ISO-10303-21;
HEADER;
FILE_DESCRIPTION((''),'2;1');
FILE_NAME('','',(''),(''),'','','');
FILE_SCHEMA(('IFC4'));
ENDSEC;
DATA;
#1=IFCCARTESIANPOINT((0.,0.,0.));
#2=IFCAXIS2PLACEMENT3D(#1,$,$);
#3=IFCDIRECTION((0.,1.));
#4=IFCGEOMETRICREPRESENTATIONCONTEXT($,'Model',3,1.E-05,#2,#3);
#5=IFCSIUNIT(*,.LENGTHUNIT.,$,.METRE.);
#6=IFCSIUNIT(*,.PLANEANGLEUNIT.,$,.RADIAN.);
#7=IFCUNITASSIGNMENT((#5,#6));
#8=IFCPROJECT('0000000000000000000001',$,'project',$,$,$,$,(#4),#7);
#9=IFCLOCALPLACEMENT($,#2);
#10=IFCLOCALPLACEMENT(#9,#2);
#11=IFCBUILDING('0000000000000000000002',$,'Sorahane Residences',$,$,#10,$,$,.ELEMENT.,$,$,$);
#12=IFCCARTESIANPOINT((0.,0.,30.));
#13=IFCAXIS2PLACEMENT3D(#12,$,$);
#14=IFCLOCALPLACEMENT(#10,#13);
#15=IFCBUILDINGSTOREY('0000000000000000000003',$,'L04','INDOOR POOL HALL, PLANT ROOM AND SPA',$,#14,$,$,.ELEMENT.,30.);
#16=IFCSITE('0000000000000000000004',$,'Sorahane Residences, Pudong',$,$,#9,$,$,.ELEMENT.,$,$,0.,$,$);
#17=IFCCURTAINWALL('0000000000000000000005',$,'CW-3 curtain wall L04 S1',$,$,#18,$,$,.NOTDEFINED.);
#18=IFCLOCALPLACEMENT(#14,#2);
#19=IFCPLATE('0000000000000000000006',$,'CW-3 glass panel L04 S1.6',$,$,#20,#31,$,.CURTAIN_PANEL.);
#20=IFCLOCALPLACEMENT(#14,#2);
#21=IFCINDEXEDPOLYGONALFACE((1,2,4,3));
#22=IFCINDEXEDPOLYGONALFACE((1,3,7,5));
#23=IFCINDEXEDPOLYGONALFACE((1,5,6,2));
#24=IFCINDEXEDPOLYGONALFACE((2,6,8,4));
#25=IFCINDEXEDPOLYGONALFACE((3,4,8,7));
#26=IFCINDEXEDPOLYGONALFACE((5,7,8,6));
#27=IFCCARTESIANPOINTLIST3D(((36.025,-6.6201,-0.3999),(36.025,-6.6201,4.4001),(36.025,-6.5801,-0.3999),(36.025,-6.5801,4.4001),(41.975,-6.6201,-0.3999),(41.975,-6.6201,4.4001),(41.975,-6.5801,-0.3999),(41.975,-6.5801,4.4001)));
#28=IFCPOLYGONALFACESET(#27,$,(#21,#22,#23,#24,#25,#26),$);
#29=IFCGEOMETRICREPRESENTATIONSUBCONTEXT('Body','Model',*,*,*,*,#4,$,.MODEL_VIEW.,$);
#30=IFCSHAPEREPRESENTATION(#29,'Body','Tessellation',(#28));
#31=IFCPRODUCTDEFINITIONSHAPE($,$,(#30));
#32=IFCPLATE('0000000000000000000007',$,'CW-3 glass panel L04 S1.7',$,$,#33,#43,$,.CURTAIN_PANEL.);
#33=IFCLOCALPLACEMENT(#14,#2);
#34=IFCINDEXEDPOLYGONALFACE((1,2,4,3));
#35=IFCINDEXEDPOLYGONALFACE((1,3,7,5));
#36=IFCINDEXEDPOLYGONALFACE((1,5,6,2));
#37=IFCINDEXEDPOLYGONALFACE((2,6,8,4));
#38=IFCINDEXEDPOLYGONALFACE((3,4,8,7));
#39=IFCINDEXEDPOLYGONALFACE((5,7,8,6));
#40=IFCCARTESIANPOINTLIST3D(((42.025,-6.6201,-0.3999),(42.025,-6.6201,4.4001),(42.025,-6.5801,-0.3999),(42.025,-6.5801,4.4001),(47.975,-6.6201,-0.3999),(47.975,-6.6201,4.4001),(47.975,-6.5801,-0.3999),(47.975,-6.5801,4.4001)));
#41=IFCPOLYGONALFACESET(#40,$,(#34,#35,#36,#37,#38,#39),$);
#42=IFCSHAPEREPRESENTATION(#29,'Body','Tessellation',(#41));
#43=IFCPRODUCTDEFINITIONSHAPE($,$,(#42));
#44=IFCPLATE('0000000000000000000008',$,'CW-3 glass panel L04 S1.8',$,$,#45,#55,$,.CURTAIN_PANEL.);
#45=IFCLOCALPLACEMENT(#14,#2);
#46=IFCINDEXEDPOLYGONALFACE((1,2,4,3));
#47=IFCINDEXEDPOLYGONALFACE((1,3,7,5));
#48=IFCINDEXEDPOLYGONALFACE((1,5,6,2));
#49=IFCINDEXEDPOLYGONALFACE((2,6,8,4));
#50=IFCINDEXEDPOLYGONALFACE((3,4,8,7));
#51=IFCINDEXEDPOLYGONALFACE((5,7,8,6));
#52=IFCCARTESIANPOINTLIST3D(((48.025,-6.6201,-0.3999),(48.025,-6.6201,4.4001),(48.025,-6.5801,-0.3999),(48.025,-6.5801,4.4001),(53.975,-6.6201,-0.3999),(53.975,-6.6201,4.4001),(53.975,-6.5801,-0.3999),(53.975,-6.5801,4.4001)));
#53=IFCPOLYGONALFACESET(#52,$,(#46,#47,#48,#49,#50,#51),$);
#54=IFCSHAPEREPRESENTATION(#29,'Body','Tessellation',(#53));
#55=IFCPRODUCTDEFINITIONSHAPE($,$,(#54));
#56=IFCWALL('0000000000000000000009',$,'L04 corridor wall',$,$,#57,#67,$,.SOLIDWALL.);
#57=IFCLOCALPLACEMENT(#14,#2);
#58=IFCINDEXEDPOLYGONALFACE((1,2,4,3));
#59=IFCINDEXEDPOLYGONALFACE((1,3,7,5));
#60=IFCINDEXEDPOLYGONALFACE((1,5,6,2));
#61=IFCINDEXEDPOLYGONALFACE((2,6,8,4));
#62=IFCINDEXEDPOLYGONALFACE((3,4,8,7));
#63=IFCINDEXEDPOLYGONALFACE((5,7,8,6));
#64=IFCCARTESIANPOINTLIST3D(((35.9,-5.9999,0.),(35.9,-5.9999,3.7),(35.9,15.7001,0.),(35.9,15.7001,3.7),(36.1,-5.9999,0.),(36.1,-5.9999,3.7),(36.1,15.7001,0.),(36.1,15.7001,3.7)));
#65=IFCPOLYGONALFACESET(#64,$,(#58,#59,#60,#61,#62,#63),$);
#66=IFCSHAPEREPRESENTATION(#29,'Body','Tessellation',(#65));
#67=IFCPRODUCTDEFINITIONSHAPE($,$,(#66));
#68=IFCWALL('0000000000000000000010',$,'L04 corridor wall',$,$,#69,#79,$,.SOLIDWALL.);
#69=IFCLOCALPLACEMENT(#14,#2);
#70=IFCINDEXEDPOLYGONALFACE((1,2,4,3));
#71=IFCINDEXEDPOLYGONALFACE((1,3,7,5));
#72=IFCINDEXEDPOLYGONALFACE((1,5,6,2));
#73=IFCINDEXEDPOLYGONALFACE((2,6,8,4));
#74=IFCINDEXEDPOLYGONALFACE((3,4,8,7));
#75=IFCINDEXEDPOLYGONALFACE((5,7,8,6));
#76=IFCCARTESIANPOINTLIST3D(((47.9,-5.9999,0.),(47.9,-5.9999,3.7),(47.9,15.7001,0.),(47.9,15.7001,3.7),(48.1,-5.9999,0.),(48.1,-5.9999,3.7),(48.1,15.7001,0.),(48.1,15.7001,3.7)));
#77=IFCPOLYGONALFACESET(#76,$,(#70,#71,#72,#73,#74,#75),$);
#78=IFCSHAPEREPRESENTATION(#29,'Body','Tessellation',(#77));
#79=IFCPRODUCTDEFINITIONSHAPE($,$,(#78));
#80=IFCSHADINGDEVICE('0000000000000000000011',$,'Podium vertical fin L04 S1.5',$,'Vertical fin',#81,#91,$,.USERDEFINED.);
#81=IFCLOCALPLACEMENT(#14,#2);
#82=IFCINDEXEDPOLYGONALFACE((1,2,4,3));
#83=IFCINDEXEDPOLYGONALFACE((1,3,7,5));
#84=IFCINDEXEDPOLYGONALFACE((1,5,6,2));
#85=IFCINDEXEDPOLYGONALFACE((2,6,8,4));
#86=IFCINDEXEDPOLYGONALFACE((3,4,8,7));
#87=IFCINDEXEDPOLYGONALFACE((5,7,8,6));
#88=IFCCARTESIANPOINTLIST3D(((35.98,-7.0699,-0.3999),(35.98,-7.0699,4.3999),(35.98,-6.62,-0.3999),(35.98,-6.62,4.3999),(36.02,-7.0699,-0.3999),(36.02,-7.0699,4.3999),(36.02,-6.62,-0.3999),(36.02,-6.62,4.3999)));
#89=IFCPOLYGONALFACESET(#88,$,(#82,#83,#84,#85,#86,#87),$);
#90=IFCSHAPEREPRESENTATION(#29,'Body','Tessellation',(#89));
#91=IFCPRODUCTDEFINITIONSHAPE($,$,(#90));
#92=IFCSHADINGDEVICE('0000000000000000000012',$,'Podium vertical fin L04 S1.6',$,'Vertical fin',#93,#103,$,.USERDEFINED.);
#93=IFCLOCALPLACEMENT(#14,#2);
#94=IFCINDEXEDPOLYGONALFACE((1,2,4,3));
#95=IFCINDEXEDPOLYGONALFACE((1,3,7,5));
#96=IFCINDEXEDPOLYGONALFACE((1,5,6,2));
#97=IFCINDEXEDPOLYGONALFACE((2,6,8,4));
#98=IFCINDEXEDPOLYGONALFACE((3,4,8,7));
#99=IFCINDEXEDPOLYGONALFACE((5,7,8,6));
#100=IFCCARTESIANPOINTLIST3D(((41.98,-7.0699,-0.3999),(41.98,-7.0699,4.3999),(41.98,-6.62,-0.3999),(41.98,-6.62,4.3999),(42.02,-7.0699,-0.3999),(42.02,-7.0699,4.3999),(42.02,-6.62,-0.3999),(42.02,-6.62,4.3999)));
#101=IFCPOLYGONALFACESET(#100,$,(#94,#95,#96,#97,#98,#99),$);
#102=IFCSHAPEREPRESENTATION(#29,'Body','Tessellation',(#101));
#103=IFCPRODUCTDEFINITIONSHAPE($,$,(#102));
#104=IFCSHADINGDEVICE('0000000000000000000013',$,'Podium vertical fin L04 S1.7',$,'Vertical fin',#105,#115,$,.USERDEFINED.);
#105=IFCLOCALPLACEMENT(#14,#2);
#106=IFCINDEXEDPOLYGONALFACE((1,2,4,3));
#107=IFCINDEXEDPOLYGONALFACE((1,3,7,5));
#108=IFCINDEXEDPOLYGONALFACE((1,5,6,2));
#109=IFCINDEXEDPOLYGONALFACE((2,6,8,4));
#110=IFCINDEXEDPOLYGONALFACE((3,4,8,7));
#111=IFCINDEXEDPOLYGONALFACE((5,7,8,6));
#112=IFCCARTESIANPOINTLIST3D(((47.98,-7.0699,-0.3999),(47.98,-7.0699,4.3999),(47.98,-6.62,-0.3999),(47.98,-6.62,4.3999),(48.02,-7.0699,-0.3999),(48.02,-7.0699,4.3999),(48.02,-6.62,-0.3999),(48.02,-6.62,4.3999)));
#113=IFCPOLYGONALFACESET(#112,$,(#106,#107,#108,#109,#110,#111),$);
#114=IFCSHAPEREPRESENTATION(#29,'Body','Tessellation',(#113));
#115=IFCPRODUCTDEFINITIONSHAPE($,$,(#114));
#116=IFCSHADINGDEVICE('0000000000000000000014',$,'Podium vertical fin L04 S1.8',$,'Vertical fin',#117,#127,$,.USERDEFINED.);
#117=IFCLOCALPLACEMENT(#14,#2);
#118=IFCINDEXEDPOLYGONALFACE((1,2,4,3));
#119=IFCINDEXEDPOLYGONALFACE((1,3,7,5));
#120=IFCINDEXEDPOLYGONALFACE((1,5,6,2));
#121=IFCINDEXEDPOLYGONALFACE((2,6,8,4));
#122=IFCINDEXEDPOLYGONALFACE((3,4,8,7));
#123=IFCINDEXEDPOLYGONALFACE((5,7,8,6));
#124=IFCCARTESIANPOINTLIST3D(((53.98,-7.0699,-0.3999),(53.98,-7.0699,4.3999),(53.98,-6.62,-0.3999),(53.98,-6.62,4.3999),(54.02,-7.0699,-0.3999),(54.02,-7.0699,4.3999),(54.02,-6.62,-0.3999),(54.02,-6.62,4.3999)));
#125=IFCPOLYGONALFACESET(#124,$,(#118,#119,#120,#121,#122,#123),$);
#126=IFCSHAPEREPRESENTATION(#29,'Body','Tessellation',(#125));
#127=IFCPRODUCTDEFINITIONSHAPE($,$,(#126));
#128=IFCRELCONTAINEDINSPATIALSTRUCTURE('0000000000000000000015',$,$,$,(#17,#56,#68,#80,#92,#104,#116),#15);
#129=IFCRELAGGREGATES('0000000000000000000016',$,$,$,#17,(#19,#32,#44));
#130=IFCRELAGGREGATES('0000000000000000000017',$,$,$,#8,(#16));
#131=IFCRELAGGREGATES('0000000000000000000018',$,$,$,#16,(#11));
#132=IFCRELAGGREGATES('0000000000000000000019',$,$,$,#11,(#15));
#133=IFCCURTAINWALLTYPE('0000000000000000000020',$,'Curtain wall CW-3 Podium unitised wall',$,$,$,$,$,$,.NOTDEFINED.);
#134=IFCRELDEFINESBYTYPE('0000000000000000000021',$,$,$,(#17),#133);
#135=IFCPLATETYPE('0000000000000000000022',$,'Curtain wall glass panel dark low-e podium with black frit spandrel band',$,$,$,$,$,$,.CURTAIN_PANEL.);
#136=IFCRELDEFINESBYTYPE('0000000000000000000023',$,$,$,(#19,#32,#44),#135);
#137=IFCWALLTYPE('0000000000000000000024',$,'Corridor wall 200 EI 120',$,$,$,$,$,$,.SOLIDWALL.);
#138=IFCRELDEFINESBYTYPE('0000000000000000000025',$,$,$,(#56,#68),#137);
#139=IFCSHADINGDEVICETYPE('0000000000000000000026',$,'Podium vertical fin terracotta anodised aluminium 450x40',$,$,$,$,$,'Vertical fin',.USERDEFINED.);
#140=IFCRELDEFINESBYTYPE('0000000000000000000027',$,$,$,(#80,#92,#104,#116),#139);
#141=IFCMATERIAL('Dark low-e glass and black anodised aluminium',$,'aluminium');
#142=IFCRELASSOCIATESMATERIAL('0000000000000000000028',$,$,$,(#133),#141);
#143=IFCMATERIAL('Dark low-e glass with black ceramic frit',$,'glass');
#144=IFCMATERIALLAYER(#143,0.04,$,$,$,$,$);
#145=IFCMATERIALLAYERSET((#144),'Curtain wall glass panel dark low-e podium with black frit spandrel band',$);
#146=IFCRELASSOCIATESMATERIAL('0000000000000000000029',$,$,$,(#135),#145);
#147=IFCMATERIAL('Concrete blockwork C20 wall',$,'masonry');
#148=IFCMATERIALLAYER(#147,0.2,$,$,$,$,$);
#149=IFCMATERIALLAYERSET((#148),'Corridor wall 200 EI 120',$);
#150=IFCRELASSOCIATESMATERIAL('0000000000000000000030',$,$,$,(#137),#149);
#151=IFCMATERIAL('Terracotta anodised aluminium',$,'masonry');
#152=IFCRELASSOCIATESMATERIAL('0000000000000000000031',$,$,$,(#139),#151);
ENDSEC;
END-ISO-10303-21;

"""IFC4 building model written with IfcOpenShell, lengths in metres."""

from ifc_helpers import new_model, si_unit, direction, frame, frame_2d, origin, origin_2d, place, context, subcontext, project, spatial, rectangle, extrude, material, layer, layer_set, material_profile, profile_set, type_object, element, aggregate, save


model = new_model("IFC4")

# Units and contexts
model_context = context("Model", 3, precision=1e-05, world=origin(), true_north=direction((0.0, 1.0)))
body_context = subcontext(model_context, "Body", "Model", "MODEL_VIEW")
ifc_project = project(units=[si_unit("LENGTHUNIT", "METRE"), si_unit("PLANEANGLEUNIT", "RADIAN")], contexts=[model_context])

# Site, building, storey
site_placement = place(None, origin())
site = spatial("IfcSite", under=ifc_project, at=site_placement, Name="Sorahane Residences, Pudong", CompositionType="ELEMENT", RefElevation=0.0)
building_placement = place(site_placement, origin())
building = spatial("IfcBuilding", under=site, at=building_placement, Name="Sorahane Residences", CompositionType="ELEMENT")
storey_placement = place(building_placement, frame((0.0, 0.0, 30.0)))
storey = spatial("IfcBuildingStorey", under=building, at=storey_placement, Name="L04", Description="INDOOR POOL HALL, PLANT ROOM AND SPA", CompositionType="ELEMENT", Elevation=30.0)

# Curtain wall
ifc_material_1 = material(Name="Dark low-e glass and black anodised aluminium", Category="aluminium")
curtain_wall_type = type_object("IfcCurtainWallType", Name="Curtain wall CW-3 Podium unitised wall", PredefinedType="NOTDEFINED", material=ifc_material_1)
curtain_wall_placement = place(storey_placement, origin())
curtain_wall = element("IfcCurtainWall", 1, at=curtain_wall_placement, inside=storey, type_object=curtain_wall_type, Name="CW-3 curtain wall L04 S1", PredefinedType="NOTDEFINED")

# Plates
ifc_material_2 = material(Name="Dark low-e glass with black ceramic frit", Category="glass")
ifc_layer_1 = layer(ifc_material_2, 0.04)
ifc_layer_set_1 = layer_set([ifc_layer_1], Name="Curtain wall glass panel dark low-e podium with black frit spandrel band")
plate_type = type_object("IfcPlateType", Name="Curtain wall glass panel dark low-e podium with black frit spandrel band", PredefinedType="CURTAIN_PANEL", material=ifc_layer_set_1)
plate_1_placement = place(storey_placement, frame((39.0, -6.6001, -0.3999), z_axis=(0.0, 0.0, 1.0), x_axis=(1.0, 0.0, 0.0)))
plate_1 = element("IfcPlate", 2, at=plate_1_placement, type_object=plate_type, Name="CW-3 glass panel L04 S1.6", PredefinedType="CURTAIN_PANEL", context=body_context, shape_type="SweptSolid", body=[
    extrude(rectangle(XDim=5.95, YDim=0.04, at=origin_2d()), origin(), (0.0, 0.0, 1.0), 4.8),
])
plate_2_placement = place(storey_placement, frame((45.0, -6.6001, -0.3999), z_axis=(0.0, 0.0, 1.0), x_axis=(1.0, 0.0, 0.0)))
plate_2 = element("IfcPlate", 3, at=plate_2_placement, type_object=plate_type, Name="CW-3 glass panel L04 S1.7", PredefinedType="CURTAIN_PANEL", context=body_context, shape_type="SweptSolid", body=[
    extrude(rectangle(XDim=5.95, YDim=0.04, at=origin_2d()), origin(), (0.0, 0.0, 1.0), 4.8),
])
plate_3_placement = place(storey_placement, frame((51.0, -6.6001, -0.3999), z_axis=(0.0, 0.0, 1.0), x_axis=(1.0, 0.0, 0.0)))
plate_3 = element("IfcPlate", 4, at=plate_3_placement, type_object=plate_type, Name="CW-3 glass panel L04 S1.8", PredefinedType="CURTAIN_PANEL", context=body_context, shape_type="SweptSolid", body=[
    extrude(rectangle(XDim=5.95, YDim=0.04, at=origin_2d()), origin(), (0.0, 0.0, 1.0), 4.8),
])
aggregate(curtain_wall, [plate_1, plate_2, plate_3])

# Walls
ifc_material_3 = material(Name="Concrete blockwork C20 wall", Category="masonry")
ifc_layer_2 = layer(ifc_material_3, 0.2)
ifc_layer_set_2 = layer_set([ifc_layer_2], Name="Corridor wall 200 EI 120")
wall_type = type_object("IfcWallType", Name="Corridor wall 200 EI 120", PredefinedType="SOLIDWALL", material=ifc_layer_set_2)
for number, where, z_axis, x_axis, name in (
    (5, (36.0, -6.0, 0.0), (0.0, 0.0, 1.0), (0.0, 1.0, 0.0), "L04 corridor wall"),
    (6, (48.0, -6.0, 0.0), (0.0, 0.0, 1.0), (0.0, 1.0, 0.0), "L04 corridor wall"),
):
    element("IfcWall", number, at=place(storey_placement, frame(where, z_axis=z_axis, x_axis=x_axis)), inside=storey, type_object=wall_type, Name=name, PredefinedType="SOLIDWALL", context=body_context, shape_type="SweptSolid", body=[
        extrude(rectangle(XDim=21.7, YDim=0.2, at=frame_2d((10.8501, 0.0))), origin(), (0.0, 0.0, 1.0), 3.7),
    ])

# Shading devices
ifc_material_4 = material(Name="Terracotta anodised aluminium", Category="masonry")
ifc_material_profile_1 = material_profile(ifc_material_4, rectangle(XDim=0.45, YDim=0.04, at=origin_2d()), Name="Podium vertical fin terracotta anodised aluminium 450x40")
ifc_profile_set_1 = profile_set([ifc_material_profile_1], Name="Terracotta anodised aluminium")
shading_device_type = type_object("IfcShadingDeviceType", Name="Podium vertical fin terracotta anodised aluminium 450x40", ElementType="Vertical fin", PredefinedType="USERDEFINED", material=ifc_profile_set_1)
for number, where, z_axis, x_axis, name in (
    (7, (36.0, -6.845, -0.3999), (0.0, 0.0, 1.0), (0.0, -1.0, 0.0), "Podium vertical fin L04 S1.5"),
    (8, (42.0, -6.845, -0.3999), (0.0, 0.0, 1.0), (0.0, -1.0, 0.0), "Podium vertical fin L04 S1.6"),
    (9, (48.0, -6.845, -0.3999), (0.0, 0.0, 1.0), (0.0, -1.0, 0.0), "Podium vertical fin L04 S1.7"),
    (10, (54.0, -6.845, -0.3999), (0.0, 0.0, 1.0), (0.0, -1.0, 0.0), "Podium vertical fin L04 S1.8"),
):
    element("IfcShadingDevice", number, at=place(storey_placement, frame(where, z_axis=z_axis, x_axis=x_axis)), inside=storey, type_object=shading_device_type, Name=name, ObjectType="Vertical fin", PredefinedType="USERDEFINED", context=body_context, shape_type="SweptSolid", body=[
        extrude(rectangle(XDim=0.45, YDim=0.04, at=origin_2d()), origin(), (0.0, 0.0, 1.0), 4.7998),
    ])

save(model, "model.ifc")
